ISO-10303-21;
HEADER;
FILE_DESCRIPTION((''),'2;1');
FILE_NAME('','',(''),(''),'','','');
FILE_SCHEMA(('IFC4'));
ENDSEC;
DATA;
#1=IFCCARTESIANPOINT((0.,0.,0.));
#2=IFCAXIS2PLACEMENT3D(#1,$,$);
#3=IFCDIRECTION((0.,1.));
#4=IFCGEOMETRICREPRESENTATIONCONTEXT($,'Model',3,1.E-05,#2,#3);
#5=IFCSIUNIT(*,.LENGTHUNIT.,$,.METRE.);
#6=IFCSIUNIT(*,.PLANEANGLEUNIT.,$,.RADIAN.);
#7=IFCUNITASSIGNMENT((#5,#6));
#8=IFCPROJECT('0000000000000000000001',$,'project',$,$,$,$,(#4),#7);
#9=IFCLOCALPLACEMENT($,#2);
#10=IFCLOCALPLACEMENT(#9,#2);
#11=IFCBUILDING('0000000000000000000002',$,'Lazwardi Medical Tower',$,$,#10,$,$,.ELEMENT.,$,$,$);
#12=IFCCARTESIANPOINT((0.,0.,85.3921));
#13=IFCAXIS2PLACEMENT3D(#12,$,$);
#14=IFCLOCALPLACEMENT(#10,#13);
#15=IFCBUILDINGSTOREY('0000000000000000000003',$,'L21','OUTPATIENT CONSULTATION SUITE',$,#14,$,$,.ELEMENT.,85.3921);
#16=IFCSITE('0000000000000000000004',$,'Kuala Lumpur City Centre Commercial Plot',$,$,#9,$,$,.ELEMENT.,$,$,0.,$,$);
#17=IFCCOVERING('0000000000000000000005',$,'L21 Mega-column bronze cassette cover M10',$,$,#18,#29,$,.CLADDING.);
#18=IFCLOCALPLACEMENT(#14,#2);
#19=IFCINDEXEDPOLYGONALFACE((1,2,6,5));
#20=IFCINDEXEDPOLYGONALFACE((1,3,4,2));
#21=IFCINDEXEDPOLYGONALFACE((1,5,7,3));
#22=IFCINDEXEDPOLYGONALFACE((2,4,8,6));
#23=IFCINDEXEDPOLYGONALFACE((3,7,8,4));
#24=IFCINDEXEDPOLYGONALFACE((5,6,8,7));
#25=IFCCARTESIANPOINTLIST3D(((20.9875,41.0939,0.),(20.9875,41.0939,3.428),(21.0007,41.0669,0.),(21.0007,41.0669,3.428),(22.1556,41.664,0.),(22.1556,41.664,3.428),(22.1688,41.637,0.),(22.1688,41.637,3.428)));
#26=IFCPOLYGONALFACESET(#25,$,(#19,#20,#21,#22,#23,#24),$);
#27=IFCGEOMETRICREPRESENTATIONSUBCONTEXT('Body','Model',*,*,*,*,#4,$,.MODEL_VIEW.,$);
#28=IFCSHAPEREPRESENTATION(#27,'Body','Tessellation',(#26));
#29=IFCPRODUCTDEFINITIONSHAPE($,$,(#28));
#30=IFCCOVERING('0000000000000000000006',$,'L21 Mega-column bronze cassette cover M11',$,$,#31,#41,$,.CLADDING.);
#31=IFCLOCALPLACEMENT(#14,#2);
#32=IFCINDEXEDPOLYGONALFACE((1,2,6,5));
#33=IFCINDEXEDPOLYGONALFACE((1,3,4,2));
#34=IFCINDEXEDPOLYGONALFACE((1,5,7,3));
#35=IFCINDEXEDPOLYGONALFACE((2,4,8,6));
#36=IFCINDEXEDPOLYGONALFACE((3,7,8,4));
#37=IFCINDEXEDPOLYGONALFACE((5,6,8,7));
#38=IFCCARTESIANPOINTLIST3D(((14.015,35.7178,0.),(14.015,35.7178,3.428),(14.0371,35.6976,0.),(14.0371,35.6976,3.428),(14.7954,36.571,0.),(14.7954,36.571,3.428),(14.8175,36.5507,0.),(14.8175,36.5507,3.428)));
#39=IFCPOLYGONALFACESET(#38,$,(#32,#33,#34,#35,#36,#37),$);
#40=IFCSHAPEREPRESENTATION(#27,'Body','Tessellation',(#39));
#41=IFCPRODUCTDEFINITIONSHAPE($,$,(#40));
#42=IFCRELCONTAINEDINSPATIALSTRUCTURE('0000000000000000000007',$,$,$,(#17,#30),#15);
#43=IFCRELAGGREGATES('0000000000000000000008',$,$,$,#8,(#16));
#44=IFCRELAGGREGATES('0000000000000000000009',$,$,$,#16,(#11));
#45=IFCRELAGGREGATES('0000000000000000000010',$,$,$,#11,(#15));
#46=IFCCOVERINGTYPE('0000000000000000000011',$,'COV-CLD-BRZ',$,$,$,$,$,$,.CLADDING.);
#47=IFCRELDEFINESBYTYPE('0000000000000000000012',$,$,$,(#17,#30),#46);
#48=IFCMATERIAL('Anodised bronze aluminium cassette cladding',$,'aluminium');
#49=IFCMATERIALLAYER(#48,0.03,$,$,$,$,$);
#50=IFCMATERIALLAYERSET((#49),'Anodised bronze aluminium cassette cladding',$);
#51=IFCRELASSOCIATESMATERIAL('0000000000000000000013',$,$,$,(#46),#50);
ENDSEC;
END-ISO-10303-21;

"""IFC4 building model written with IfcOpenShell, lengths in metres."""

from ifc_helpers import new_model, si_unit, direction, frame, origin, origin_2d, place, context, subcontext, project, spatial, rectangle, extrude, material, layer, layer_set, type_object, element, save


model = new_model("IFC4")

# Units and contexts
model_context = context("Model", 3, precision=1e-05, world=origin(), true_north=direction((0.0, 1.0)))
body_context = subcontext(model_context, "Body", "Model", "MODEL_VIEW")
ifc_project = project(units=[si_unit("LENGTHUNIT", "METRE"), si_unit("PLANEANGLEUNIT", "RADIAN")], contexts=[model_context])

# Site, building, storey
site_placement = place(None, origin())
site = spatial("IfcSite", under=ifc_project, at=site_placement, Name="Kuala Lumpur City Centre Commercial Plot", CompositionType="ELEMENT", RefElevation=0.0)
building_placement = place(site_placement, origin())
building = spatial("IfcBuilding", under=site, at=building_placement, Name="Lazwardi Medical Tower", CompositionType="ELEMENT")
storey_placement = place(building_placement, frame((0.0, 0.0, 85.3921)))
storey = spatial("IfcBuildingStorey", under=building, at=storey_placement, Name="L21", Description="OUTPATIENT CONSULTATION SUITE", CompositionType="ELEMENT", Elevation=85.3921)

# Coverings
ifc_material_1 = material(Name="Anodised bronze aluminium cassette cladding", Category="aluminium")
ifc_layer_1 = layer(ifc_material_1, 0.03)
ifc_layer_set_1 = layer_set([ifc_layer_1], Name="Anodised bronze aluminium cassette cladding")
covering_type = type_object("IfcCoveringType", Name="COV-CLD-BRZ", PredefinedType="CLADDING", material=ifc_layer_set_1)
covering_1_placement = place(storey_placement, frame((21.5781, 41.3655, 0.0), z_axis=(0.0, 0.0, 1.0), x_axis=(-0.898679, -0.438606, 0.0)))
element("IfcCovering", 1, at=covering_1_placement, inside=storey, type_object=covering_type, Name="L21 Mega-column bronze cassette cover M10", PredefinedType="CLADDING", context=body_context, shape_type="SweptSolid", body=[
    extrude(rectangle(XDim=1.2998, YDim=0.03, at=origin_2d()), origin(), (0.0, 0.0, 1.0), 3.428),
])
covering_2_placement = place(storey_placement, frame((14.4163, 36.1343, 0.0), z_axis=(0.0, 0.0, 1.0), x_axis=(-0.674926, -0.737885, 0.0)))
element("IfcCovering", 2, at=covering_2_placement, inside=storey, type_object=covering_type, Name="L21 Mega-column bronze cassette cover M11", PredefinedType="CLADDING", context=body_context, shape_type="SweptSolid", body=[
    extrude(rectangle(XDim=1.1562, YDim=0.03, at=origin_2d()), origin(), (0.0, 0.0, 1.0), 3.428),
])

save(model, "model.ifc")
